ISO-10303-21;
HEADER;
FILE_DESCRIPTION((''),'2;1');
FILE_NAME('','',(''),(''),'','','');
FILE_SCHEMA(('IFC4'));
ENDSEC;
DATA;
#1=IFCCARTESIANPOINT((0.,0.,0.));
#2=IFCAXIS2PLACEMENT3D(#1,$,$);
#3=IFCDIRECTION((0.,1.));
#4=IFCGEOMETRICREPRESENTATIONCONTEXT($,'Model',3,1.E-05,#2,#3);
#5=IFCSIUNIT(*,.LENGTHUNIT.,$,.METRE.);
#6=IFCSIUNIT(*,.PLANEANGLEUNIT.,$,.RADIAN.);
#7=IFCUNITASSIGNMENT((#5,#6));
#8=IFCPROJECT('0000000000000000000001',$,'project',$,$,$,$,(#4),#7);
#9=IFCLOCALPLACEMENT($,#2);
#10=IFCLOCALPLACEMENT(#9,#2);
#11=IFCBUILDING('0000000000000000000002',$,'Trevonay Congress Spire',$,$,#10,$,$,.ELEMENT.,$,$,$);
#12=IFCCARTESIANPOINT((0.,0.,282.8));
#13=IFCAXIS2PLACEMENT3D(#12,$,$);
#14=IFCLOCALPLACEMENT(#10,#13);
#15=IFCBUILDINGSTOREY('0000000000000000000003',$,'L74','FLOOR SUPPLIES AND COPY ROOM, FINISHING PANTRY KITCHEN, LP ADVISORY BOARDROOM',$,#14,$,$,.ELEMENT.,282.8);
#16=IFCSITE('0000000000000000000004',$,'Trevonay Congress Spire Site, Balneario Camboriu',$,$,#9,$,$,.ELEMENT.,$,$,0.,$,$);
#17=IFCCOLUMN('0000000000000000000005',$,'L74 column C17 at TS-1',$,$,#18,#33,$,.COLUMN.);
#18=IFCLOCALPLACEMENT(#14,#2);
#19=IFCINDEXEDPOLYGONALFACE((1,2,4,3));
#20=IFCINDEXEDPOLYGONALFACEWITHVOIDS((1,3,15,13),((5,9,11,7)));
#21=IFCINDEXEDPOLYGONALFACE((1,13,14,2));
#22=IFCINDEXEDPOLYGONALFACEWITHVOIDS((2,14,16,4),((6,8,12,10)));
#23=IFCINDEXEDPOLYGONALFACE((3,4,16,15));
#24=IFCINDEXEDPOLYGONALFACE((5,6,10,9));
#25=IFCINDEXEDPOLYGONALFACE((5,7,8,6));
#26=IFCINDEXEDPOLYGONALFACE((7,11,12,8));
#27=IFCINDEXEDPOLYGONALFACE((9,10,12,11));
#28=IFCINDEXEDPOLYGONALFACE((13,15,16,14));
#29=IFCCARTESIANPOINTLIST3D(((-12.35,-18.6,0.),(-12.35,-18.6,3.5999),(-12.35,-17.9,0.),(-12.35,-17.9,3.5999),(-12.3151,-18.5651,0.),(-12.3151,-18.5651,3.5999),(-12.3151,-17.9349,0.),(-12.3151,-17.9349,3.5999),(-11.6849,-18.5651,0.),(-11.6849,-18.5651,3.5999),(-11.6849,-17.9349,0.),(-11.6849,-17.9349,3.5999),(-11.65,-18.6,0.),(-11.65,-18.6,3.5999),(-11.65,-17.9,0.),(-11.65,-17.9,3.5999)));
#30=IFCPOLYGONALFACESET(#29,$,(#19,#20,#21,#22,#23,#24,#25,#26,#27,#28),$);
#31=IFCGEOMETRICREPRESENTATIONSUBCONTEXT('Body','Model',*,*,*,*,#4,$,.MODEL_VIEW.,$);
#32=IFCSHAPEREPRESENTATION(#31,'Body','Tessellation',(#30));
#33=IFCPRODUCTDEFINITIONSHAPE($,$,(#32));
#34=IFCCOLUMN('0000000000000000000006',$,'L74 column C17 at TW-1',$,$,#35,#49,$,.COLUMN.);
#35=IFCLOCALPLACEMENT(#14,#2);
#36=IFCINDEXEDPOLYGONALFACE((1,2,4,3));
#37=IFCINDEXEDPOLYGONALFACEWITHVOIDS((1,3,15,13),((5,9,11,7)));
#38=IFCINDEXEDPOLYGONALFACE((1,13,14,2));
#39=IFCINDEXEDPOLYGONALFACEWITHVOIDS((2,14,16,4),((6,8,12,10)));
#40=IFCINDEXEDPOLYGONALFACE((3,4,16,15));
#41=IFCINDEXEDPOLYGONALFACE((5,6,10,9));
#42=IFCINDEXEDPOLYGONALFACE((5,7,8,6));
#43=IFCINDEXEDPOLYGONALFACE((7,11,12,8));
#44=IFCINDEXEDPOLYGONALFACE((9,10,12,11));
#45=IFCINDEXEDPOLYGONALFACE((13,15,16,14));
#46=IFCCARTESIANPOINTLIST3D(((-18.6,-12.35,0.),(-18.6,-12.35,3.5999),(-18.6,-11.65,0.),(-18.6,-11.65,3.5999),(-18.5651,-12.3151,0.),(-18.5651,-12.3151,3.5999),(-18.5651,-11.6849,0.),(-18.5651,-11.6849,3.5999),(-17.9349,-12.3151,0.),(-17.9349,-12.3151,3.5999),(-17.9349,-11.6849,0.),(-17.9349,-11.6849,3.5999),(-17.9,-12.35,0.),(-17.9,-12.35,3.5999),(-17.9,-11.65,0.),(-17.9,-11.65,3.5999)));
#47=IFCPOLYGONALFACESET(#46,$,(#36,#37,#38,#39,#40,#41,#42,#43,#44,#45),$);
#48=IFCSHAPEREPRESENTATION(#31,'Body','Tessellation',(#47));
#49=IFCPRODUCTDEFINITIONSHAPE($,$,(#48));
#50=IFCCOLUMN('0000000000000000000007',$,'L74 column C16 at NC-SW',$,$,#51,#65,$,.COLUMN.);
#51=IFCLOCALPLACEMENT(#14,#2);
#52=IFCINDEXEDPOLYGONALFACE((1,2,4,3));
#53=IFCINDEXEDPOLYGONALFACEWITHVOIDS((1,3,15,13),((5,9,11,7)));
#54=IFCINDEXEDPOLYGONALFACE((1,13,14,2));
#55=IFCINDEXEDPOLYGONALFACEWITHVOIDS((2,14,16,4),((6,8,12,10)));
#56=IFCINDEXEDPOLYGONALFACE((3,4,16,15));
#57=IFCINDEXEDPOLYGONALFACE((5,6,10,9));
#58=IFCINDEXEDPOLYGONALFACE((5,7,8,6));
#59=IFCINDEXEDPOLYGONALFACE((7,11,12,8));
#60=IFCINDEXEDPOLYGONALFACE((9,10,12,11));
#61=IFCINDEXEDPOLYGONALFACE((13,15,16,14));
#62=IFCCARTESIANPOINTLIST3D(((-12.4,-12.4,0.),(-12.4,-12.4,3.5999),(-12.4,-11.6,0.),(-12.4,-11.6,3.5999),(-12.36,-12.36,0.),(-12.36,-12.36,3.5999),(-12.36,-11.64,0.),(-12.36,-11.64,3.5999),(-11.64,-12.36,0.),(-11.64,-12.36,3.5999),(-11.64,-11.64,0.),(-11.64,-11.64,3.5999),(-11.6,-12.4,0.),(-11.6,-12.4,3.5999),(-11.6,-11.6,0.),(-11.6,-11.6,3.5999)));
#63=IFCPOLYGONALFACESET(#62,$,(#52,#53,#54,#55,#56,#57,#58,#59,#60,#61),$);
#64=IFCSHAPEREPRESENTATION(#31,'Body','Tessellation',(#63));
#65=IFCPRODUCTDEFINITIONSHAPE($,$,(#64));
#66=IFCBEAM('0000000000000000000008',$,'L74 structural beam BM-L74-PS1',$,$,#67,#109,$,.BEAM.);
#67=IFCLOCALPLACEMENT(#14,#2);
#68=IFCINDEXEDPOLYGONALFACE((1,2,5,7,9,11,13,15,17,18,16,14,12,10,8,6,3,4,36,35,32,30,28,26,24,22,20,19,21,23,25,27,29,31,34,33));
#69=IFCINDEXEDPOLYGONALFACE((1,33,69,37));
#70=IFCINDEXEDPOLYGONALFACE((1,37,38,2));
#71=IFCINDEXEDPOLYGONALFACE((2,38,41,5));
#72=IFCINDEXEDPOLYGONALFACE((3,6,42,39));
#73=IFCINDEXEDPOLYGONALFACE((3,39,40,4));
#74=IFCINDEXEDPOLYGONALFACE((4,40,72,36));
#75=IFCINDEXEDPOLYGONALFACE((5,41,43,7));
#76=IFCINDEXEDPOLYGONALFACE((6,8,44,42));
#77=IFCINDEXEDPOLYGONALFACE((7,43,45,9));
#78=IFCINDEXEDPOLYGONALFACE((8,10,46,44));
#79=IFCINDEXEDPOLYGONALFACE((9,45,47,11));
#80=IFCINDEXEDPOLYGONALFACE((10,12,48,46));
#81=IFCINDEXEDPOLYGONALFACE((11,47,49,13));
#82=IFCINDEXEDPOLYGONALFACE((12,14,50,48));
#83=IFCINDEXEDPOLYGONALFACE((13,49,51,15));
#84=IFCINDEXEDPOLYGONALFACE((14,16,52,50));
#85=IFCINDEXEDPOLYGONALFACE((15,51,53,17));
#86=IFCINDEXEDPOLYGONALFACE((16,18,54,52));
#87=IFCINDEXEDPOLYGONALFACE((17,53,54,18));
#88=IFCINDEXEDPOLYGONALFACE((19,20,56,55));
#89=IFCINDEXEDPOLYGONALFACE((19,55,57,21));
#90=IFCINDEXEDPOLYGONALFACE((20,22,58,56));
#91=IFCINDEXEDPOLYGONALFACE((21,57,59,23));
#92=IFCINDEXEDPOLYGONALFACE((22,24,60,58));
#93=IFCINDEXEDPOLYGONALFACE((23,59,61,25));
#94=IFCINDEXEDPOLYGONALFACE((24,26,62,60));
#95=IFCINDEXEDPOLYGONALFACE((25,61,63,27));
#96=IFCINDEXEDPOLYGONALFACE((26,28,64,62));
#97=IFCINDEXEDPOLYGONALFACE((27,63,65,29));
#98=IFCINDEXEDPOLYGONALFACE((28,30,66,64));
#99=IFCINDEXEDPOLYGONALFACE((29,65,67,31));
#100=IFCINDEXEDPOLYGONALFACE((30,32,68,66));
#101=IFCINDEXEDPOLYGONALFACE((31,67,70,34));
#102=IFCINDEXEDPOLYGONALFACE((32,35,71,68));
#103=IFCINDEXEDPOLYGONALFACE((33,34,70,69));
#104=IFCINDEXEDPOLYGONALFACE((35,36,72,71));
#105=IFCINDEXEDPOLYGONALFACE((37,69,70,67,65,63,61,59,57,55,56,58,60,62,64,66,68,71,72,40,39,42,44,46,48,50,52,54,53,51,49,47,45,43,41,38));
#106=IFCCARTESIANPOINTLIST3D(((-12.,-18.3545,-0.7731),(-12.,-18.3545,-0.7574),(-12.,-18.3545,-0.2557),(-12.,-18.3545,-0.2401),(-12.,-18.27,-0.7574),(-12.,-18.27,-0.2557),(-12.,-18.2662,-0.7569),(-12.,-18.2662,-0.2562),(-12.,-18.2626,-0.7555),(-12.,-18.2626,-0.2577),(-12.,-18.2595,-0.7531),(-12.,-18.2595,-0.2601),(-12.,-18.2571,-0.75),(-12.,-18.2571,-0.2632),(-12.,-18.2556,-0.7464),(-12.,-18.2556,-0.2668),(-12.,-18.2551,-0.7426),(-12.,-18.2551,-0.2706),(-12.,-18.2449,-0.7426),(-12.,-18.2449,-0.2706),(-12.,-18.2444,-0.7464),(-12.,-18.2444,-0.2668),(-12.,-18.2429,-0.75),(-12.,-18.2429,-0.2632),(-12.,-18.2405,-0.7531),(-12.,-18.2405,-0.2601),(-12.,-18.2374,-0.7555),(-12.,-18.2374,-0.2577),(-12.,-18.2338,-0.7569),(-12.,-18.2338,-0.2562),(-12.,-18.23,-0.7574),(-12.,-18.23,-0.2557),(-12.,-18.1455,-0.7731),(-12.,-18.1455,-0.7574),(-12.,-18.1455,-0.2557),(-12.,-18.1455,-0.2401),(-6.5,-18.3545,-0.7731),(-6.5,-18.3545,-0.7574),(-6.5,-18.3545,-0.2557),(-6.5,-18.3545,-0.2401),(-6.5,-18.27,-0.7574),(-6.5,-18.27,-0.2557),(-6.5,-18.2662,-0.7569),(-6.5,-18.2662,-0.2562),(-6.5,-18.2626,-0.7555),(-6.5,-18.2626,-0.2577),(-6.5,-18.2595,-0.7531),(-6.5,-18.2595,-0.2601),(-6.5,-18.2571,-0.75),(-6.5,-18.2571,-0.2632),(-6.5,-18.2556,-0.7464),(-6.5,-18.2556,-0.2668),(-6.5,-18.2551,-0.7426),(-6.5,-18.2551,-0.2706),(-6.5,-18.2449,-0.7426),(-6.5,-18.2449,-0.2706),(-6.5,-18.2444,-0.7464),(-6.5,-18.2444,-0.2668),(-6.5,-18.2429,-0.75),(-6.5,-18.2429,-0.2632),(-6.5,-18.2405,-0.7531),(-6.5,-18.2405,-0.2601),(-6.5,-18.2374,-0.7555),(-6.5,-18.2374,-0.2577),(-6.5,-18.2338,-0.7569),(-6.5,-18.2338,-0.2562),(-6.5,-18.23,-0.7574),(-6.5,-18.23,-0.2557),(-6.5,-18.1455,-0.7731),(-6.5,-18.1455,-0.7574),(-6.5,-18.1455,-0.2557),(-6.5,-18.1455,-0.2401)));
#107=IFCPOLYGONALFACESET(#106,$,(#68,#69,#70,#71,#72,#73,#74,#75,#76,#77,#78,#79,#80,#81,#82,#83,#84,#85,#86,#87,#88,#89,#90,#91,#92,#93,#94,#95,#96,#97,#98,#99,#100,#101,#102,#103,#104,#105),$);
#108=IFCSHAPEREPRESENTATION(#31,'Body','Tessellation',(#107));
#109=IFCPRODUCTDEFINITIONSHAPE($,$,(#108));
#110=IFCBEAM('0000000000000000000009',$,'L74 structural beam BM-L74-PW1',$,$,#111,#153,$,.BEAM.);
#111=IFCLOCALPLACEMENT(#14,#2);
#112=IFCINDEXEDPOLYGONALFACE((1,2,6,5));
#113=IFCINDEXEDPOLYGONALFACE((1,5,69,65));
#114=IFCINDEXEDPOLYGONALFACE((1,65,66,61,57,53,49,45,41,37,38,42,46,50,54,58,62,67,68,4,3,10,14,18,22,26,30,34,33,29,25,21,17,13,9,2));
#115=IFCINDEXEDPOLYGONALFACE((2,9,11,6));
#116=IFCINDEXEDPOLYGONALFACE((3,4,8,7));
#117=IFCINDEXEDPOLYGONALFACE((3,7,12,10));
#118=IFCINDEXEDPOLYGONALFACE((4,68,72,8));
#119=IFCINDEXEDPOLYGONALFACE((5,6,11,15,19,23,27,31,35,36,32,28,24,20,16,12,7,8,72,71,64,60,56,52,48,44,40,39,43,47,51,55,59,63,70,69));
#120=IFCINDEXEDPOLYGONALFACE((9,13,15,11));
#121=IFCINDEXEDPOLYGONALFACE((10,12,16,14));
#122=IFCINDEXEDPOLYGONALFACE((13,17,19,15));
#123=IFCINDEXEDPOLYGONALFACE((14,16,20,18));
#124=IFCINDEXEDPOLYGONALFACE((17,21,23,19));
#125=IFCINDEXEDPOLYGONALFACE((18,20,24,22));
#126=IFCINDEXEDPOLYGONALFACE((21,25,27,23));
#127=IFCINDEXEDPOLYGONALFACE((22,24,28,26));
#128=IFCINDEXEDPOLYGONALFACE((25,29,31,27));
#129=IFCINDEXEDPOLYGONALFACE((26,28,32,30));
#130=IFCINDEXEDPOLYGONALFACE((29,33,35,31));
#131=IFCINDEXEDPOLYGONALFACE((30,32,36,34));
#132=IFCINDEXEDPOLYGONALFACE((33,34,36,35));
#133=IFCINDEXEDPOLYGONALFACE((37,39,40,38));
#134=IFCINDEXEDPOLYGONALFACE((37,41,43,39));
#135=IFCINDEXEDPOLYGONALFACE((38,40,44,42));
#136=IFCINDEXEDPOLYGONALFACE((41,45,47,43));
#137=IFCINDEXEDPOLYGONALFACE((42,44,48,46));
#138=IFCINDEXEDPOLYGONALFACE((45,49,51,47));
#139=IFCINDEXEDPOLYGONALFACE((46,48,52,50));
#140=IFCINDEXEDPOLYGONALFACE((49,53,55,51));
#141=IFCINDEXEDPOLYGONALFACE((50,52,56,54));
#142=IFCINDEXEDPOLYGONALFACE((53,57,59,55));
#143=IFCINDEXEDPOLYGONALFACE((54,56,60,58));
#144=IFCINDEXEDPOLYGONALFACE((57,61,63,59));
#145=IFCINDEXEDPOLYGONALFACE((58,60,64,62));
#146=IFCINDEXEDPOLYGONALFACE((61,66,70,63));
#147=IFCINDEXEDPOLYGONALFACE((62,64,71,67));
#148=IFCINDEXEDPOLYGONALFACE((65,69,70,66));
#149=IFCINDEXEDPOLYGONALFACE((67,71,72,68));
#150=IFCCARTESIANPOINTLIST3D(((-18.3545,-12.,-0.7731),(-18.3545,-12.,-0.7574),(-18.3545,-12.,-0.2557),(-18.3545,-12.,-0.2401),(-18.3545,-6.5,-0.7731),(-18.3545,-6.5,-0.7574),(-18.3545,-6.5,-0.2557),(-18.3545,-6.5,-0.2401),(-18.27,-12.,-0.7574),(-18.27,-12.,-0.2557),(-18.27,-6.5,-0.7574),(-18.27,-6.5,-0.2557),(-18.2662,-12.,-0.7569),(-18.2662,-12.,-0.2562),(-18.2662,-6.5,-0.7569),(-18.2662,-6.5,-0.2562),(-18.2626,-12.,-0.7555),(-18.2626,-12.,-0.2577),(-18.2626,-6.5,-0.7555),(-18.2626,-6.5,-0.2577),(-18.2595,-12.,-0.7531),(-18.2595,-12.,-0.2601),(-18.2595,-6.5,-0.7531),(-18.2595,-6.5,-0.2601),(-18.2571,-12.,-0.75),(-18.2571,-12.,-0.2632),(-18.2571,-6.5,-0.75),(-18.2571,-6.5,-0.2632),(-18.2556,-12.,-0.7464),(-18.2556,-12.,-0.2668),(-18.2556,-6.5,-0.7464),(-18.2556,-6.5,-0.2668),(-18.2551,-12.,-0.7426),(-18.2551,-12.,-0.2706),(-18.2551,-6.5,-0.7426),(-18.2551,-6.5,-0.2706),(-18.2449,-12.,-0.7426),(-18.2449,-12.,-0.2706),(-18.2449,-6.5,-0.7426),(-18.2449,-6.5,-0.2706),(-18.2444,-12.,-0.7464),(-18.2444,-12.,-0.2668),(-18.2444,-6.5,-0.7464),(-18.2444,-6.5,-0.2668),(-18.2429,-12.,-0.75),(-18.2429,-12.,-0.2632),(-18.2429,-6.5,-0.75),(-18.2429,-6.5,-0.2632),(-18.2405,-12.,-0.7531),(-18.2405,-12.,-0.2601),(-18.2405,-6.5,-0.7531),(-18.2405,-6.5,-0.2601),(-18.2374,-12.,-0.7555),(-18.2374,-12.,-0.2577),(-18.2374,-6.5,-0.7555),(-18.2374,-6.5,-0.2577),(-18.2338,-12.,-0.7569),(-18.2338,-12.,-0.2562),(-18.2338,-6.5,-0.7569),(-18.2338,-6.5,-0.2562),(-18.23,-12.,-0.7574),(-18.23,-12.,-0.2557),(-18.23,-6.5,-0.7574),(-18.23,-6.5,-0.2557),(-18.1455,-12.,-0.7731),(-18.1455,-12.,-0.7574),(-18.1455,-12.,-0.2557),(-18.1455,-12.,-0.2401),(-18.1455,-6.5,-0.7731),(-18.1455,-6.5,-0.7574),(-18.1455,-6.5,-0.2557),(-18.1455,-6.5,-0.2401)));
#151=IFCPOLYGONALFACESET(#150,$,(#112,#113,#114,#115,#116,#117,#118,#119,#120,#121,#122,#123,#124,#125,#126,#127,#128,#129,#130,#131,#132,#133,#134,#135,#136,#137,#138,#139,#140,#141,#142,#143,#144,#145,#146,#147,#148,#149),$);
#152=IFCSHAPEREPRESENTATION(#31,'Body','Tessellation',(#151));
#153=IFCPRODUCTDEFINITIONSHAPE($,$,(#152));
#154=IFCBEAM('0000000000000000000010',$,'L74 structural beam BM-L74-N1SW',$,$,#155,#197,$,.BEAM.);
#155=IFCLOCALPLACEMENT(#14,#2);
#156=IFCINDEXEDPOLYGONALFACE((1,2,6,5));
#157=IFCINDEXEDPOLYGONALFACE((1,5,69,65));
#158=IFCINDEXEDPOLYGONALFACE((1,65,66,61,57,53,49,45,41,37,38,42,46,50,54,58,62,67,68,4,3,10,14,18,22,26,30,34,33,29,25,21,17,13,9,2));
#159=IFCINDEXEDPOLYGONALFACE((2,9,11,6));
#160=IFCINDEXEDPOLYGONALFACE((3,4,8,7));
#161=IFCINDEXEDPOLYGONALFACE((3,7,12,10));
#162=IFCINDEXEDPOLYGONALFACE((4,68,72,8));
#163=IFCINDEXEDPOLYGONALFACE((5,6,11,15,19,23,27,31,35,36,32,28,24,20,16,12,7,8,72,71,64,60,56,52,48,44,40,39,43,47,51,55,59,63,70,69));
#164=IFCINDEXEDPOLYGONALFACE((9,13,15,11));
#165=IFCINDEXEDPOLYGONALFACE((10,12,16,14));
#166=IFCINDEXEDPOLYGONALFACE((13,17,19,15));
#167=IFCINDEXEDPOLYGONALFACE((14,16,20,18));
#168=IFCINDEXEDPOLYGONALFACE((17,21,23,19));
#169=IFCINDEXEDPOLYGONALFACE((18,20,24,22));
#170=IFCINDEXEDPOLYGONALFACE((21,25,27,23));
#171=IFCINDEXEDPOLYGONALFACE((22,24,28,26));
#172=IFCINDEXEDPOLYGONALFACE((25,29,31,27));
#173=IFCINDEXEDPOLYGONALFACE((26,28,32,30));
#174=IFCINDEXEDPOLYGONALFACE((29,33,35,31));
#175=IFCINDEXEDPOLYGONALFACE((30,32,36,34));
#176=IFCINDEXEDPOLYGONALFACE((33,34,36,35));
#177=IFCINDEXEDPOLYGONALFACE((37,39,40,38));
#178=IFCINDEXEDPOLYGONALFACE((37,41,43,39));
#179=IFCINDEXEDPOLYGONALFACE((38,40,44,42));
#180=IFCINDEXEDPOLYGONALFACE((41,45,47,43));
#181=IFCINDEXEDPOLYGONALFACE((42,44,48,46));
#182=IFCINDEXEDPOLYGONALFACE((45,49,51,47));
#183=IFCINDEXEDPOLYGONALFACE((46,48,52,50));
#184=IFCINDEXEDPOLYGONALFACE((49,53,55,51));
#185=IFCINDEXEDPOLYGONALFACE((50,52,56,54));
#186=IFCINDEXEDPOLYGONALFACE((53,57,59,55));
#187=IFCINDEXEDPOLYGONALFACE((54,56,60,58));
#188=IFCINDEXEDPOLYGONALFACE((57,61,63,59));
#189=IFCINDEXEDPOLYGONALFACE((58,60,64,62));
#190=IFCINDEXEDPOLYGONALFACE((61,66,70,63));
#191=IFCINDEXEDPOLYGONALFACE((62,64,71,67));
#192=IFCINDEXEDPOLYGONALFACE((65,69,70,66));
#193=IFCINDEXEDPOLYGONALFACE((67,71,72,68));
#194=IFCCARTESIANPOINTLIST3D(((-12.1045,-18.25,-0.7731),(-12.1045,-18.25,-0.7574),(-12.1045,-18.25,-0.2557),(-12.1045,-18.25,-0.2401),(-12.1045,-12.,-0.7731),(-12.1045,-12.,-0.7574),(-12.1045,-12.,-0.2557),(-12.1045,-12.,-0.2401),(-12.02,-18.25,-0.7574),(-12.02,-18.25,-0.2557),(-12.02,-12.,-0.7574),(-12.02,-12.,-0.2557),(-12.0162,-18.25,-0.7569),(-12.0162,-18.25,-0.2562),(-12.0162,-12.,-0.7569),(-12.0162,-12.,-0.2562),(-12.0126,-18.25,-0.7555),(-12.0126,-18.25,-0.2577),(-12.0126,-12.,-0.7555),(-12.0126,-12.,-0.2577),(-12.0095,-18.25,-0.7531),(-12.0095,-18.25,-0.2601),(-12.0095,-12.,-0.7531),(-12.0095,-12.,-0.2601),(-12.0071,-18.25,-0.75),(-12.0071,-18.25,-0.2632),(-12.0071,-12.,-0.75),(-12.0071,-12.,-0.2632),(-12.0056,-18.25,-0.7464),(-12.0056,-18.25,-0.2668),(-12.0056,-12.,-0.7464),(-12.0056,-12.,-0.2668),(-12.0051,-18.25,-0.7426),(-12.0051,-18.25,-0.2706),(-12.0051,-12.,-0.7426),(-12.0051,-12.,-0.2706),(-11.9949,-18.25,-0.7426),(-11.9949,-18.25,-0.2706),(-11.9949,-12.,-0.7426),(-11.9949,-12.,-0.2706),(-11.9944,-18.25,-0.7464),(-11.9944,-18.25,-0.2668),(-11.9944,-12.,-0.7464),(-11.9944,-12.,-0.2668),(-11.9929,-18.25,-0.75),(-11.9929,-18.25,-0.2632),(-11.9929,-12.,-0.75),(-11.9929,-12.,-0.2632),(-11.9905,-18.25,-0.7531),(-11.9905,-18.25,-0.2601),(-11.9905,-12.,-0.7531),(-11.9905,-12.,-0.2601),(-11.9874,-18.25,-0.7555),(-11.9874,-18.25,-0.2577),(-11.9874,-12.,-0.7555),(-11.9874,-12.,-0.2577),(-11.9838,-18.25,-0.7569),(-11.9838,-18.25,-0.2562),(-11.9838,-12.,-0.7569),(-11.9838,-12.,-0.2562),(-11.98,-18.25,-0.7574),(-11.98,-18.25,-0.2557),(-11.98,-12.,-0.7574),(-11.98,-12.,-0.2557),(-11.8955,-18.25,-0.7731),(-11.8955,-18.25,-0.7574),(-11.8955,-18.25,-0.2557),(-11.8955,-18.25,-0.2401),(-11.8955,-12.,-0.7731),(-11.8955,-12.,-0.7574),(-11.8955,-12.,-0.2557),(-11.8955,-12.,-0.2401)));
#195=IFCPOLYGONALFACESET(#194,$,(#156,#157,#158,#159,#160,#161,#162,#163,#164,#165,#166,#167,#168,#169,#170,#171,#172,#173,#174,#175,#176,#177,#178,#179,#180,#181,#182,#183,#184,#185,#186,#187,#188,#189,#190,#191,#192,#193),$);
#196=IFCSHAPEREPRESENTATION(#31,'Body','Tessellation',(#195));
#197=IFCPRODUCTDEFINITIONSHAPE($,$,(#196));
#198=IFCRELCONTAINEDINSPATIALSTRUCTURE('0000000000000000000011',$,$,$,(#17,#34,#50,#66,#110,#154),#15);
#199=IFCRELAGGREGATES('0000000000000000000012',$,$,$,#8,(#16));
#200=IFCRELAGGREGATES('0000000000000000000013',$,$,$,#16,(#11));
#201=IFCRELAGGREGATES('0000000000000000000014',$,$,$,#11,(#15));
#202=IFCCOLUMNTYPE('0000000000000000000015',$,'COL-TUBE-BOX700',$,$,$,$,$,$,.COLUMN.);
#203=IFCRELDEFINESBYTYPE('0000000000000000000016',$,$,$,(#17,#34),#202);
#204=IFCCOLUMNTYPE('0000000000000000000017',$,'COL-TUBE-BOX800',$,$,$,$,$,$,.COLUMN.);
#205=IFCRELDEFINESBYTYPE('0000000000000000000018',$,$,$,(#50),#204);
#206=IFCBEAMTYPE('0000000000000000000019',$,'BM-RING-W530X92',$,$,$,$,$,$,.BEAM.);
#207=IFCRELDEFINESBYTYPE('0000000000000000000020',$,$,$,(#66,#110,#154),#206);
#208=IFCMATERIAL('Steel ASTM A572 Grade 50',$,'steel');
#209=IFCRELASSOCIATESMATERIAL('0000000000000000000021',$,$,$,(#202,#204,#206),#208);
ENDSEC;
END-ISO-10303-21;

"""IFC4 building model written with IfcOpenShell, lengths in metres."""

from ifc_helpers import new_model, si_unit, direction, frame, origin, origin_2d, place, context, subcontext, project, spatial, hollow_rectangle, i_section, extrude, material, material_profile, profile_set, type_object, element, save


model = new_model("IFC4")

# Units and contexts
model_context = context("Model", 3, precision=1e-05, world=origin(), true_north=direction((0.0, 1.0)))
body_context = subcontext(model_context, "Body", "Model", "MODEL_VIEW")
ifc_project = project(units=[si_unit("LENGTHUNIT", "METRE"), si_unit("PLANEANGLEUNIT", "RADIAN")], contexts=[model_context])

# Site, building, storey
site_placement = place(None, origin())
site = spatial("IfcSite", under=ifc_project, at=site_placement, Name="Trevonay Congress Spire Site, Balneario Camboriu", CompositionType="ELEMENT", RefElevation=0.0)
building_placement = place(site_placement, origin())
building = spatial("IfcBuilding", under=site, at=building_placement, Name="Trevonay Congress Spire", CompositionType="ELEMENT")
storey_placement = place(building_placement, frame((0.0, 0.0, 282.8)))
storey = spatial("IfcBuildingStorey", under=building, at=storey_placement, Name="L74", Description="FLOOR SUPPLIES AND COPY ROOM, FINISHING PANTRY KITCHEN, LP ADVISORY BOARDROOM", CompositionType="ELEMENT", Elevation=282.8)

# Columns
ifc_material_1 = material(Name="Steel ASTM A572 Grade 50", Category="steel")
ifc_material_profile_1 = material_profile(ifc_material_1, hollow_rectangle(XDim=0.7, YDim=0.7, WallThickness=0.0349, at=origin_2d()), Name="BOX 700x700x35")
ifc_profile_set_1 = profile_set([ifc_material_profile_1], Name="Steel ASTM A572 Grade 50")
column_type_1 = type_object("IfcColumnType", Name="COL-TUBE-BOX700", PredefinedType="COLUMN", material=ifc_profile_set_1)
for number, where, z_axis, x_axis, name in (
    (1, (-12.0, -18.25, 0.0), (0.0, 0.0, 1.0), (1.0, 0.0, 0.0), "L74 column C17 at TS-1"),
    (2, (-18.25, -12.0, 0.0), (0.0, 0.0, 1.0), (1.0, 0.0, 0.0), "L74 column C17 at TW-1"),
):
    element("IfcColumn", number, at=place(storey_placement, frame(where, z_axis=z_axis, x_axis=x_axis)), inside=storey, type_object=column_type_1, Name=name, PredefinedType="COLUMN", context=body_context, shape_type="SweptSolid", body=[
        extrude(hollow_rectangle(XDim=0.7, YDim=0.7, WallThickness=0.0349, at=origin_2d()), origin(), (0.0, 0.0, 1.0), 3.5999),
    ])
ifc_material_profile_2 = material_profile(ifc_material_1, hollow_rectangle(XDim=0.8, YDim=0.8, WallThickness=0.04, at=origin_2d()), Name="BOX 800x800x40")
ifc_profile_set_2 = profile_set([ifc_material_profile_2], Name="Steel ASTM A572 Grade 50")
column_type_2 = type_object("IfcColumnType", Name="COL-TUBE-BOX800", PredefinedType="COLUMN", material=ifc_profile_set_2)
column_placement = place(storey_placement, frame((-12.0, -12.0, 0.0), z_axis=(0.0, 0.0, 1.0), x_axis=(1.0, 0.0, 0.0)))
element("IfcColumn", 3, at=column_placement, inside=storey, type_object=column_type_2, Name="L74 column C16 at NC-SW", PredefinedType="COLUMN", context=body_context, shape_type="SweptSolid", body=[
    extrude(hollow_rectangle(XDim=0.8, YDim=0.8, WallThickness=0.04, at=origin_2d()), origin(), (0.0, 0.0, 1.0), 3.5999),
])

# Beams
ifc_material_profile_3 = material_profile(ifc_material_1, i_section(OverallWidth=0.209, OverallDepth=0.533, WebThickness=0.0103, FlangeThickness=0.0156, FilletRadius=0.0149, at=origin_2d()), Name="W530x92")
ifc_profile_set_3 = profile_set([ifc_material_profile_3], Name="Steel ASTM A572 Grade 50")
beam_type_1 = type_object("IfcBeamType", Name="BM-RING-W530X92", PredefinedType="BEAM", material=ifc_profile_set_3)
for number, where, z_axis, x_axis, name in (
    (4, (-12.0, -18.25, -0.5066), (1.0, 0.0, 0.0), (0.0, 1.0, 0.0), "L74 structural beam BM-L74-PS1"),
    (5, (-18.25, -12.0, -0.5066), (0.0, 1.0, 0.0), (-1.0, 0.0, 0.0), "L74 structural beam BM-L74-PW1"),
):
    element("IfcBeam", number, at=place(storey_placement, frame(where, z_axis=z_axis, x_axis=x_axis)), inside=storey, type_object=beam_type_1, Name=name, PredefinedType="BEAM", context=body_context, shape_type="SweptSolid", body=[
        extrude(i_section(OverallWidth=0.209, OverallDepth=0.533, WebThickness=0.0103, FlangeThickness=0.0156, FilletRadius=0.0149, at=origin_2d()), origin(), (0.0, 0.0, 1.0), 5.5),
    ])
for number, where, z_axis, x_axis, name in (
    (6, (-12.0, -18.25, -0.5066), (0.0, 1.0, 0.0), (-1.0, 0.0, 0.0), "L74 structural beam BM-L74-N1SW"),
):
    element("IfcBeam", number, at=place(storey_placement, frame(where, z_axis=z_axis, x_axis=x_axis)), inside=storey, type_object=beam_type_1, Name=name, PredefinedType="BEAM", context=body_context, shape_type="SweptSolid", body=[
        extrude(i_section(OverallWidth=0.209, OverallDepth=0.533, WebThickness=0.0103, FlangeThickness=0.0156, FilletRadius=0.0149, at=origin_2d()), origin(), (0.0, 0.0, 1.0), 6.25),
    ])

save(model, "model.ifc")
